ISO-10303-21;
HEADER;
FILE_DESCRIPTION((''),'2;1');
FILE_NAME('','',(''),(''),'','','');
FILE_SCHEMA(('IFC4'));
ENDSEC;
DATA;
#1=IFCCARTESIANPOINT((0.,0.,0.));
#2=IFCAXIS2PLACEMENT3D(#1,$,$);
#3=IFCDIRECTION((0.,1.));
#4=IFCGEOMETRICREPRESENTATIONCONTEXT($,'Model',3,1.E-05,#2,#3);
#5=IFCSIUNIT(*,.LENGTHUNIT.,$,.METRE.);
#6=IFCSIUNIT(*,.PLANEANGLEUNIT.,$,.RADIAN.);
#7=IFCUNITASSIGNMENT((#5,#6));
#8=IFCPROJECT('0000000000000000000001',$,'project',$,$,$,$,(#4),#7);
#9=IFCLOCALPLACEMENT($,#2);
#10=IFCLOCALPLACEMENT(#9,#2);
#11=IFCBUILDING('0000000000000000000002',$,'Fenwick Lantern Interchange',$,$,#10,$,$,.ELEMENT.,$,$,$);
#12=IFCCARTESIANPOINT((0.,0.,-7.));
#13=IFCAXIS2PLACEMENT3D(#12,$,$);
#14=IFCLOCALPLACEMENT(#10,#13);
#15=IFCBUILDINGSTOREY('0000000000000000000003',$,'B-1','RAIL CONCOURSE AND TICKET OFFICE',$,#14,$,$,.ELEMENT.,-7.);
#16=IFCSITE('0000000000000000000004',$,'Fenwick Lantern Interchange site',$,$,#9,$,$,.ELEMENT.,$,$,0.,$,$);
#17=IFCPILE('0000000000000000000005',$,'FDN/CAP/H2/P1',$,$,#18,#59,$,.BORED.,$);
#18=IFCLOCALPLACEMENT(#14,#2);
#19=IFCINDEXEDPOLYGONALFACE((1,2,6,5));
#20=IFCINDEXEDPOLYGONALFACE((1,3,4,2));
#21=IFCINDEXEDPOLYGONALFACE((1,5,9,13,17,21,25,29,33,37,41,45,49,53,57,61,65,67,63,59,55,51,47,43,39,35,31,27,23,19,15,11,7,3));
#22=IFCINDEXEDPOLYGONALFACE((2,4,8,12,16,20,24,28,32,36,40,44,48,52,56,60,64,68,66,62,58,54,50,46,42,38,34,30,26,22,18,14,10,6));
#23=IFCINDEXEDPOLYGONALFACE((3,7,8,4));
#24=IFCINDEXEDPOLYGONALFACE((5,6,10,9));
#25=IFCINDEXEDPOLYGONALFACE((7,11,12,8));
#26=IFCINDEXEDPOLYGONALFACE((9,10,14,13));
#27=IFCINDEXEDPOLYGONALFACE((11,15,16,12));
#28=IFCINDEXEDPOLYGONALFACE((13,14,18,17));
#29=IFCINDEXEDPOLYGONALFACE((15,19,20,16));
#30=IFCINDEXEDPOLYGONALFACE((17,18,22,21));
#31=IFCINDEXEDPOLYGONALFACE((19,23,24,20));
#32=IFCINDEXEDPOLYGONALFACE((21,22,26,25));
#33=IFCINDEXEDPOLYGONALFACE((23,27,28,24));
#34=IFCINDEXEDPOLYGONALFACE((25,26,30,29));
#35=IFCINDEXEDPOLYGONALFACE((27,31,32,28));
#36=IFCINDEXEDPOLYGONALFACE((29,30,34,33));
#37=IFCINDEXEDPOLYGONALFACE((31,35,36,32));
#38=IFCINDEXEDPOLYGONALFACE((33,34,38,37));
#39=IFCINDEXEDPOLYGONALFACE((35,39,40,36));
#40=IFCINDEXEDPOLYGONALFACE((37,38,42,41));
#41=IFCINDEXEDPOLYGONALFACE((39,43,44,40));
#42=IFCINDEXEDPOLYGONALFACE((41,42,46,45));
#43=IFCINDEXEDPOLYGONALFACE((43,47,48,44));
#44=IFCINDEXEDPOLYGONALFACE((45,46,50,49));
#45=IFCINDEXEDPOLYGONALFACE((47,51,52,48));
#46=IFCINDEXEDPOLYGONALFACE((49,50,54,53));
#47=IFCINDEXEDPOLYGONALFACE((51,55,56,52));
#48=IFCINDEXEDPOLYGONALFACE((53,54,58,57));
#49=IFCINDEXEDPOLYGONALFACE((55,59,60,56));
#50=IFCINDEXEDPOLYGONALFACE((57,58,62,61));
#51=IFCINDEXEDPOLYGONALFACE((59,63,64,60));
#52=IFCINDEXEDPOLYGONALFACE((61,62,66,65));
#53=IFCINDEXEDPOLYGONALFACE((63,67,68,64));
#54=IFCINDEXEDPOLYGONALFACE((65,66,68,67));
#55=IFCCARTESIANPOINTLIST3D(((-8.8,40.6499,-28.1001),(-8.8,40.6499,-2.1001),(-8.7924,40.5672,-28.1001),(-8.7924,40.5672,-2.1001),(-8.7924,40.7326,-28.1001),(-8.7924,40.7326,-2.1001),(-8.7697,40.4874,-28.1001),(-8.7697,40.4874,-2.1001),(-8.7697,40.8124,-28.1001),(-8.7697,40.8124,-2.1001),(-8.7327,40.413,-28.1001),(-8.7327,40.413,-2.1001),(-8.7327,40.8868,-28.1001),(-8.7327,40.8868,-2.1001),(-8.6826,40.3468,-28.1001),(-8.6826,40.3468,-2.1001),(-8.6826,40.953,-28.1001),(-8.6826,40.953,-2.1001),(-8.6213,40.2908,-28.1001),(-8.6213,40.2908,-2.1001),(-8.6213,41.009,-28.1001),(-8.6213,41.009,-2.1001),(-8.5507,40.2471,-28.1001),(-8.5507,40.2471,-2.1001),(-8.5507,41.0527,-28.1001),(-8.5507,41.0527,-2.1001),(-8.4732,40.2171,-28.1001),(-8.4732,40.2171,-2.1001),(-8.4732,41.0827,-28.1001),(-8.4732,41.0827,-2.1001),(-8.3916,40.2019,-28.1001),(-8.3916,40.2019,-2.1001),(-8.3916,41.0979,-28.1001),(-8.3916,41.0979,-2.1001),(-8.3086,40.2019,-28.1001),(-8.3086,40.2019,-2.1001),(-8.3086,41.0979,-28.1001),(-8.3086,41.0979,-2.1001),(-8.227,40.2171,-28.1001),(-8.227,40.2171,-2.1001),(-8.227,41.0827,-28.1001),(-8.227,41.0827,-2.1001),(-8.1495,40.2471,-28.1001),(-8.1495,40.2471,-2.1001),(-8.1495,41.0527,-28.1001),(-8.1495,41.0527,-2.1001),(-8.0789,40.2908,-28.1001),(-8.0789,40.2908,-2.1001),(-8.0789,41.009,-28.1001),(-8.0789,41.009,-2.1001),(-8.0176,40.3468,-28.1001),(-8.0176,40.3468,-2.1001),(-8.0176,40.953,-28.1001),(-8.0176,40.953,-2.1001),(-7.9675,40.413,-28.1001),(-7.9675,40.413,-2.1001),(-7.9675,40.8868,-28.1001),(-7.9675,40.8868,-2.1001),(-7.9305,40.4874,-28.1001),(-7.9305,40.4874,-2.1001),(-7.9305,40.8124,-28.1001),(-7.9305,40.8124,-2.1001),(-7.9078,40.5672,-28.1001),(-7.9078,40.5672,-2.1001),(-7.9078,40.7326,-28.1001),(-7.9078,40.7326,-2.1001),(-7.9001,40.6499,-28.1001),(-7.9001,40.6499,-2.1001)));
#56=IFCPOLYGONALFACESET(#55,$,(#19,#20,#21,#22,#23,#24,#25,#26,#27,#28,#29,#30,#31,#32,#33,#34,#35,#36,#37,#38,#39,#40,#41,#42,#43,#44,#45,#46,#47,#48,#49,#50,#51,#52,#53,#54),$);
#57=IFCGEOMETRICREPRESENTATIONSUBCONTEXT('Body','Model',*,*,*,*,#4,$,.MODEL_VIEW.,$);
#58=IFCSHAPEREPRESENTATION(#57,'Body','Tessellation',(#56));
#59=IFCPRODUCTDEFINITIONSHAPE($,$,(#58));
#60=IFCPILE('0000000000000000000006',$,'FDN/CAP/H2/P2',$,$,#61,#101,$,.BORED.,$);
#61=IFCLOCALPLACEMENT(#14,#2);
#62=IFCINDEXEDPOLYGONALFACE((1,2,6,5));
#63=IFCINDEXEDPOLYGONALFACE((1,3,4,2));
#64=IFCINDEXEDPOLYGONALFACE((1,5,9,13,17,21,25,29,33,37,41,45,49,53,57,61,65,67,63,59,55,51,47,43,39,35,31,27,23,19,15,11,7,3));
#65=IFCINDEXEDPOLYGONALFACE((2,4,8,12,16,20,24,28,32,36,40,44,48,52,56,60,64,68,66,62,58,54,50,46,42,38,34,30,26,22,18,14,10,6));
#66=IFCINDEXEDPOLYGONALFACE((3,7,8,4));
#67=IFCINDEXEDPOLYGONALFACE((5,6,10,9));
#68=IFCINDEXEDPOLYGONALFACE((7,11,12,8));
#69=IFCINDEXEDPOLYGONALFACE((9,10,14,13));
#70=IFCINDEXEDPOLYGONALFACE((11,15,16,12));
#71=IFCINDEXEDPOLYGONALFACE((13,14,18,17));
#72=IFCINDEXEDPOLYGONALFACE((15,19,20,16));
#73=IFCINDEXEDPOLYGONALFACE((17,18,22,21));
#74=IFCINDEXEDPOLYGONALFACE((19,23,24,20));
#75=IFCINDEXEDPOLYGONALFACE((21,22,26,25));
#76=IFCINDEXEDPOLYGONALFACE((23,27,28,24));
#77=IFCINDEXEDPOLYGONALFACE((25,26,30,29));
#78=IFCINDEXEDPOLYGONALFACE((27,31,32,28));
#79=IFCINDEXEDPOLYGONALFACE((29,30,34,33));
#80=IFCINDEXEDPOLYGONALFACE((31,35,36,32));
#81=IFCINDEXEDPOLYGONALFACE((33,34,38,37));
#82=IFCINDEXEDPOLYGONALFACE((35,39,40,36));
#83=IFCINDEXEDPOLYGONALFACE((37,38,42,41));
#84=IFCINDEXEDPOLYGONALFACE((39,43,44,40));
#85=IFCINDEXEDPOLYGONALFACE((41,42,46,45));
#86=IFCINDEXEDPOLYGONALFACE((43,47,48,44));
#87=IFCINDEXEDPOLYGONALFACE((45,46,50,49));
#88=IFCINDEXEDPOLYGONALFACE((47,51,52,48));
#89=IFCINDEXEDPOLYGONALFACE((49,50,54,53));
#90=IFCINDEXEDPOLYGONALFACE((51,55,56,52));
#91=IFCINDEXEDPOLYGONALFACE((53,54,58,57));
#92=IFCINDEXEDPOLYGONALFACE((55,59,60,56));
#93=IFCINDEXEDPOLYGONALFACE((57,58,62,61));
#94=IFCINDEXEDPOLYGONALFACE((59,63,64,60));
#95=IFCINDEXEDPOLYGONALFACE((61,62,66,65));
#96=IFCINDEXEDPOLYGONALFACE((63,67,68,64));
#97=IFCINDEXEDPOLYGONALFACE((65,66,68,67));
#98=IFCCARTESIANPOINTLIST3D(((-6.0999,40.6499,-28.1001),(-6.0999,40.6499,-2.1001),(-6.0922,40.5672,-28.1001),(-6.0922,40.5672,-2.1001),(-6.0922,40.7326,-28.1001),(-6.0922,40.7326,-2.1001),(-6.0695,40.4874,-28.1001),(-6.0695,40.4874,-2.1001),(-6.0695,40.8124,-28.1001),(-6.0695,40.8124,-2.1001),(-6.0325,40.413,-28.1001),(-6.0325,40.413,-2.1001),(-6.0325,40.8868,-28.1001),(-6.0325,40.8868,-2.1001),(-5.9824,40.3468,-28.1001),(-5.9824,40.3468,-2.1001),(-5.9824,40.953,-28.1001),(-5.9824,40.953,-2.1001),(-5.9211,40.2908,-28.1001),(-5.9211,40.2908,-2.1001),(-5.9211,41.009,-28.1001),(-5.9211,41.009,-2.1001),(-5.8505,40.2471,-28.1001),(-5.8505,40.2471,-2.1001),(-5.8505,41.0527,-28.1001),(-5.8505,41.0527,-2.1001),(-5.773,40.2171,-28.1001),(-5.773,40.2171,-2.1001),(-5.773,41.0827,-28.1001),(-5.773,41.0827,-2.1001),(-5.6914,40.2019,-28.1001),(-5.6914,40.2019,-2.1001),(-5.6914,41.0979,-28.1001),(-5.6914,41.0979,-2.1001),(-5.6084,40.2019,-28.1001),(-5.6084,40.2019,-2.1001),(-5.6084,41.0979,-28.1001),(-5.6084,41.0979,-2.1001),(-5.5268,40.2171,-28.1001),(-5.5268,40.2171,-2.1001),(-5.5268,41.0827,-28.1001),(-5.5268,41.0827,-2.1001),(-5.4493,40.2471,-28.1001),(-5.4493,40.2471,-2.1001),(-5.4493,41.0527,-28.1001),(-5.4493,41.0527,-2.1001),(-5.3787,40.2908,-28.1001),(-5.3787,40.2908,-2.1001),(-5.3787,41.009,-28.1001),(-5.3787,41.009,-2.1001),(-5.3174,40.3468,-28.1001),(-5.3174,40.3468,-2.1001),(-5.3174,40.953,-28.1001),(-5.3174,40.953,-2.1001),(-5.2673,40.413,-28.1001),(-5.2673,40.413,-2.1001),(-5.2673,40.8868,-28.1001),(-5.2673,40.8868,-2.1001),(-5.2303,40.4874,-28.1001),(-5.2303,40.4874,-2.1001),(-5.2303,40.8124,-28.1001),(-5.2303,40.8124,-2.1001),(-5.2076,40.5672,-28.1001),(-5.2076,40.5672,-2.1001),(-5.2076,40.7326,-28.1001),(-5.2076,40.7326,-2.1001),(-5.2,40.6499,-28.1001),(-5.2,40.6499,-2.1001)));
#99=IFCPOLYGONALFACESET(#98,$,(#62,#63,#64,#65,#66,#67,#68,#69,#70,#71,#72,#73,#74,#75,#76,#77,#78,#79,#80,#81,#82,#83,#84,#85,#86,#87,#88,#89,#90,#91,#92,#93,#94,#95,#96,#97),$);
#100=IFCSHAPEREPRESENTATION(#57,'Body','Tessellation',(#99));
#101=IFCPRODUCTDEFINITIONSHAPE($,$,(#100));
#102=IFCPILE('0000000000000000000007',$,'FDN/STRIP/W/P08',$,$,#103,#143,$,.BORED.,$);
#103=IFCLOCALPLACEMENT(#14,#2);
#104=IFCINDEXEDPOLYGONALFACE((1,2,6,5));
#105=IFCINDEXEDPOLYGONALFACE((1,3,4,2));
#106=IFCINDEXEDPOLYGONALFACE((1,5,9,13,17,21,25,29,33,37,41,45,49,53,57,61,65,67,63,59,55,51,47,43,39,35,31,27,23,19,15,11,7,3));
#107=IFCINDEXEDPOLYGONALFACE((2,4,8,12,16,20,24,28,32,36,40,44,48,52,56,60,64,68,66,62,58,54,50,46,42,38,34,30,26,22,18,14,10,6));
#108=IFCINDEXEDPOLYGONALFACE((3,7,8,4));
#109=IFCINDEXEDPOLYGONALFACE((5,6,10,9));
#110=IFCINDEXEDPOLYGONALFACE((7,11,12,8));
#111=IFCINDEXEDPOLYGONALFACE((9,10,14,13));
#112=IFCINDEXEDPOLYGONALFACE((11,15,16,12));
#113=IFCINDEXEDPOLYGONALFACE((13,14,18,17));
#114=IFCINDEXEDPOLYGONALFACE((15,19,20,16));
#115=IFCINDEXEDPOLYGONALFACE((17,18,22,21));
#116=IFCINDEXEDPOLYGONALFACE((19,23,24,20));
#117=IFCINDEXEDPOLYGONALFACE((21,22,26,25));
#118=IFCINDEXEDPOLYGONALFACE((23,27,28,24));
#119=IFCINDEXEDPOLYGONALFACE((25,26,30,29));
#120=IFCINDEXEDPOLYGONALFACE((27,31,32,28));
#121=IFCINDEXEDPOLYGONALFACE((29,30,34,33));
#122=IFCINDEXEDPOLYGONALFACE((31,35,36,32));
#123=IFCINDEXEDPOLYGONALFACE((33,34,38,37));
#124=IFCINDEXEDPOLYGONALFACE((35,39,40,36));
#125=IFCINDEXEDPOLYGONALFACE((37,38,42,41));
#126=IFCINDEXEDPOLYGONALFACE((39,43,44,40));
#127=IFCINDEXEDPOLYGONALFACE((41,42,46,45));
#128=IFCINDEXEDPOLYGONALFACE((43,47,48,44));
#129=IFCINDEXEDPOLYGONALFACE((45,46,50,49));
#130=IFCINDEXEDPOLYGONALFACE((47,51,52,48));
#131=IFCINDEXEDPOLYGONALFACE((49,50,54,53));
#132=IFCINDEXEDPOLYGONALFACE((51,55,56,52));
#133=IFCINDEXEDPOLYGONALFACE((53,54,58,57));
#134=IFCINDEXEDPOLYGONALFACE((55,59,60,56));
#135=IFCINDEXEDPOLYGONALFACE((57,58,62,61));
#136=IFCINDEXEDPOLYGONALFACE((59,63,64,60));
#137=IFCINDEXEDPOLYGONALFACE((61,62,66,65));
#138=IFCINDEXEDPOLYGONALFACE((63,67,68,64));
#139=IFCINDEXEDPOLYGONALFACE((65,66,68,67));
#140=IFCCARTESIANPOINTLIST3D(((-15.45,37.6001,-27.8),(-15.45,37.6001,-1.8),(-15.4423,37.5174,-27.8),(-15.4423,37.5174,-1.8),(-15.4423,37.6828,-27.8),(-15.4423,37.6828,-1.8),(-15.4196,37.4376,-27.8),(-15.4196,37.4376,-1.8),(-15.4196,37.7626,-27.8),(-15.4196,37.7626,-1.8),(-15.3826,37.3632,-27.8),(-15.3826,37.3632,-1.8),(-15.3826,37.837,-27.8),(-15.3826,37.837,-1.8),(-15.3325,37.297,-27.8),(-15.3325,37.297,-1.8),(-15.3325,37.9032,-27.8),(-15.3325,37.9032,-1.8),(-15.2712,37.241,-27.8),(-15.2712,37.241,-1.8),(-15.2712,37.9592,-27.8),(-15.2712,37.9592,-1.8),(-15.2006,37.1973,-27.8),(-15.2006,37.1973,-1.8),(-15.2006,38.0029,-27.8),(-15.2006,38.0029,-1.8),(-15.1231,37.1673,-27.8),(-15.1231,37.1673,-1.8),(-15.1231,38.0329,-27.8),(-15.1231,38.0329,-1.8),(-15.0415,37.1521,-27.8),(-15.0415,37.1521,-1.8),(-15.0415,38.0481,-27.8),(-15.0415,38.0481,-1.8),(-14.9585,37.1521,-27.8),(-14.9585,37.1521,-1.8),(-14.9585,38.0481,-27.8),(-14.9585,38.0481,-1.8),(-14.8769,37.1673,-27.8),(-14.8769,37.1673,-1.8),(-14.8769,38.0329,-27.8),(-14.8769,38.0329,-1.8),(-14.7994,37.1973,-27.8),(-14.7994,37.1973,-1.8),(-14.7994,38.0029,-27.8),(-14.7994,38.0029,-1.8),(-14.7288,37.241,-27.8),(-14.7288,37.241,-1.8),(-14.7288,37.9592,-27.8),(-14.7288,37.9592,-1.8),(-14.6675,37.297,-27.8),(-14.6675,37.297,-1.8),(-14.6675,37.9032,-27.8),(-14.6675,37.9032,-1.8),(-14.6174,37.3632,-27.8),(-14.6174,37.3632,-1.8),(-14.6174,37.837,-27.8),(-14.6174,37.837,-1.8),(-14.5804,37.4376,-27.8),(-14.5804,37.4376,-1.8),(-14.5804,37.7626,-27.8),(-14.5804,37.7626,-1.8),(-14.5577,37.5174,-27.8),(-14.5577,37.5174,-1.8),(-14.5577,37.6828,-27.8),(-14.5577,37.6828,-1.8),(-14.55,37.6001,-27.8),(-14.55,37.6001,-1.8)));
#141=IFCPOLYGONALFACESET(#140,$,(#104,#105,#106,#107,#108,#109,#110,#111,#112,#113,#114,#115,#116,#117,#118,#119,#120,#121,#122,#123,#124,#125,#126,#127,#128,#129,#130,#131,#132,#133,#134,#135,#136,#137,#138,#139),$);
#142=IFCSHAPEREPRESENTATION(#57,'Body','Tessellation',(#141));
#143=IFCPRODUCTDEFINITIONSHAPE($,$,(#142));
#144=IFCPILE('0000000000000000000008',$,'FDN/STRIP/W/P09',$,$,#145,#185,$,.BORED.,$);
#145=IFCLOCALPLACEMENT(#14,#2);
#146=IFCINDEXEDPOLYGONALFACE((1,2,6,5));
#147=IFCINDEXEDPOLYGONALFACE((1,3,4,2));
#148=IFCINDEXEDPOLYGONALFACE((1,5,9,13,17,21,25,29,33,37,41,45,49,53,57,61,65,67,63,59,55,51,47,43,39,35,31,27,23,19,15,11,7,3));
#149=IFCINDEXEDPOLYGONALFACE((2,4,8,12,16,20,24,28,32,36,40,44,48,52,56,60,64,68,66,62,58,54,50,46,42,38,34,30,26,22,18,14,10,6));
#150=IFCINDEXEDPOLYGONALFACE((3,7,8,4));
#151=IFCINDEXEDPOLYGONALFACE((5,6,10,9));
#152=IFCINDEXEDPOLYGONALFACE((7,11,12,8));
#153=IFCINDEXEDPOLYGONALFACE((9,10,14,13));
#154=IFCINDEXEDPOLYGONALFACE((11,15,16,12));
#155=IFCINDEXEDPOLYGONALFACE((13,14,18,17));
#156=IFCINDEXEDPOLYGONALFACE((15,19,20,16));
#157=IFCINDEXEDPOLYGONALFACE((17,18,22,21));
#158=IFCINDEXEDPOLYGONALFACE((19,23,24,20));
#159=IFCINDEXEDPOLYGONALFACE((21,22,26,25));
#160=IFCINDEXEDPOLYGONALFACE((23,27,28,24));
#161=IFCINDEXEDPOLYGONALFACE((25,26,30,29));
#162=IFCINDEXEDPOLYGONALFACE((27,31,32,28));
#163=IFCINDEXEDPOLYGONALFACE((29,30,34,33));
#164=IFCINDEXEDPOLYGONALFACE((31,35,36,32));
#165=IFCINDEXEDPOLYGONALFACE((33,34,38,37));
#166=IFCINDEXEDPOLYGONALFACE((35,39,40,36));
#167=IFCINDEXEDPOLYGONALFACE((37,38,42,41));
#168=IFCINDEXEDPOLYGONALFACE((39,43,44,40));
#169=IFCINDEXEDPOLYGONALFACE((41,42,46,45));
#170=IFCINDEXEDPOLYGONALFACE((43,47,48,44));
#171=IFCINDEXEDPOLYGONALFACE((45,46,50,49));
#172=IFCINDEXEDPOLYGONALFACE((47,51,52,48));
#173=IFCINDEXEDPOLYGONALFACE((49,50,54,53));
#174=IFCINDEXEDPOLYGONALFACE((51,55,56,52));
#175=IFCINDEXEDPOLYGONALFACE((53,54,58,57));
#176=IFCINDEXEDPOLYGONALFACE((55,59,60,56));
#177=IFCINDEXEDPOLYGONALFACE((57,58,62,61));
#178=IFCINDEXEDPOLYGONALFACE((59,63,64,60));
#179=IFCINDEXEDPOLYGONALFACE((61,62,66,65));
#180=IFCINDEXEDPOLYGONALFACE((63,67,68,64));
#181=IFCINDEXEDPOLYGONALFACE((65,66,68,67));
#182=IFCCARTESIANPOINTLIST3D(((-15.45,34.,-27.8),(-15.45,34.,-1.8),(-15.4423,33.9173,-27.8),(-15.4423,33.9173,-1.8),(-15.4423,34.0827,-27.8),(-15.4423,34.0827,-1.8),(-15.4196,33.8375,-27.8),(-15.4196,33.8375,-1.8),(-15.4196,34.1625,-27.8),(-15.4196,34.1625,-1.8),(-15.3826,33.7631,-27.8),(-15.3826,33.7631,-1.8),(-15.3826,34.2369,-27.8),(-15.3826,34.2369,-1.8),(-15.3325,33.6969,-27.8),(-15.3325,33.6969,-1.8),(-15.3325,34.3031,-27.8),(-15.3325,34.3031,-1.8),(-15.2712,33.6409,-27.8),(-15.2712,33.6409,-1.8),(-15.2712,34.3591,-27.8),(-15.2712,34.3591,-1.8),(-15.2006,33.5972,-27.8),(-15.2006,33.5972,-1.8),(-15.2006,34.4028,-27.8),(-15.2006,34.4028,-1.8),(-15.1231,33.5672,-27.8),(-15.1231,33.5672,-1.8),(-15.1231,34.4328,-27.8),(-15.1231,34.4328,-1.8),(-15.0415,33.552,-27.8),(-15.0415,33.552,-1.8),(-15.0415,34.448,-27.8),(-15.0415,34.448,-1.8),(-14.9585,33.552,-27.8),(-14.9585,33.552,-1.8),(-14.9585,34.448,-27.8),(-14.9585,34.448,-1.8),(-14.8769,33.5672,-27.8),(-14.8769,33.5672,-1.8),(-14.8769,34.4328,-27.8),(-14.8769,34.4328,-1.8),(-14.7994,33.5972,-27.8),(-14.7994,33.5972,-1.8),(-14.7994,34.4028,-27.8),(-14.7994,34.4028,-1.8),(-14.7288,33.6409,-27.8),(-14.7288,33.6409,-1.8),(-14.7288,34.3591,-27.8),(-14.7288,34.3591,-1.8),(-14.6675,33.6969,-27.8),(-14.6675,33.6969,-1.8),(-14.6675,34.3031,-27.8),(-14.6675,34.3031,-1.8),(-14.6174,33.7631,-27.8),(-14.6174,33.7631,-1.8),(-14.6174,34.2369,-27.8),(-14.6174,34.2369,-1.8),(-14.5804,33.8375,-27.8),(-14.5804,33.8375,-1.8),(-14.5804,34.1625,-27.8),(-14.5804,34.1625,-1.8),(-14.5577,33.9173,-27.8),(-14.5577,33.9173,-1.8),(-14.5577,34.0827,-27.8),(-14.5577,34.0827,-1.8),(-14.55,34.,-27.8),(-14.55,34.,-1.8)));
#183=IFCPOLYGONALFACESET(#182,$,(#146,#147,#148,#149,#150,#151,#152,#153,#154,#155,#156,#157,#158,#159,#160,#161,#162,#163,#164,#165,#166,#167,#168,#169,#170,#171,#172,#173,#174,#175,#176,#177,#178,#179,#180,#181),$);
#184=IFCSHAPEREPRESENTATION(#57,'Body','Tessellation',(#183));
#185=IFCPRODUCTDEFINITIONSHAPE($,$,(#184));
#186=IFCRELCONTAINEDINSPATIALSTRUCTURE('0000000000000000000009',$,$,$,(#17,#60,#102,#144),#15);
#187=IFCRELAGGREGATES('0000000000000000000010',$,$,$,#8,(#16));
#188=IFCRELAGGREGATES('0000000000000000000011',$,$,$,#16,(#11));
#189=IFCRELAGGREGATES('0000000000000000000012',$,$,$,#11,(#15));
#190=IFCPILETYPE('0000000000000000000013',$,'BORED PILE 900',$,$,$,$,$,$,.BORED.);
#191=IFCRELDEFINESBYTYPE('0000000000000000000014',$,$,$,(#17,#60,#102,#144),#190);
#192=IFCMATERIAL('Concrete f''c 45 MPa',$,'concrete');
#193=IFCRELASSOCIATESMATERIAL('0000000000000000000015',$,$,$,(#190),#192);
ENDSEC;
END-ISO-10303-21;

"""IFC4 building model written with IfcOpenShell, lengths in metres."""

from ifc_helpers import new_model, si_unit, direction, frame, origin, origin_2d, place, context, subcontext, project, spatial, circle, extrude, material, type_object, element, save


model = new_model("IFC4")

# Units and contexts
model_context = context("Model", 3, precision=1e-05, world=origin(), true_north=direction((0.0, 1.0)))
body_context = subcontext(model_context, "Body", "Model", "MODEL_VIEW")
ifc_project = project(units=[si_unit("LENGTHUNIT", "METRE"), si_unit("PLANEANGLEUNIT", "RADIAN")], contexts=[model_context])

# Site, building, storey
site_placement = place(None, origin())
site = spatial("IfcSite", under=ifc_project, at=site_placement, Name="Fenwick Lantern Interchange site", CompositionType="ELEMENT", RefElevation=0.0)
building_placement = place(site_placement, origin())
building = spatial("IfcBuilding", under=site, at=building_placement, Name="Fenwick Lantern Interchange", CompositionType="ELEMENT")
storey_placement = place(building_placement, frame((0.0, 0.0, -7.0)))
storey = spatial("IfcBuildingStorey", under=building, at=storey_placement, Name="B-1", Description="RAIL CONCOURSE AND TICKET OFFICE", CompositionType="ELEMENT", Elevation=-7.0)

# Piles
ifc_material_1 = material(Name="Concrete f'c 45 MPa", Category="concrete")
pile_type_1 = type_object("IfcPileType", Name="BORED PILE 900", PredefinedType="BORED", material=ifc_material_1)
for number, where, z_axis, x_axis, name in (
    (1, (-8.3501, 40.6499, -2.1001), (0.0, 0.0, -1.0), (1.0, 0.0, 0.0), "FDN/CAP/H2/P1"),
    (2, (-5.6499, 40.6499, -2.1001), (0.0, 0.0, -1.0), (1.0, 0.0, 0.0), "FDN/CAP/H2/P2"),
    (3, (-15.0, 37.6001, -1.8), (0.0, 0.0, -1.0), (1.0, 0.0, 0.0), "FDN/STRIP/W/P08"),
    (4, (-15.0, 34.0, -1.8), (0.0, 0.0, -1.0), (1.0, 0.0, 0.0), "FDN/STRIP/W/P09"),
):
    element("IfcPile", number, at=place(storey_placement, frame(where, z_axis=z_axis, x_axis=x_axis)), inside=storey, type_object=pile_type_1, Name=name, PredefinedType="BORED", context=body_context, shape_type="SweptSolid", body=[
        extrude(circle(Radius=0.45, at=origin_2d()), origin(), (0.0, 0.0, 1.0), 26.0),
    ])

save(model, "model.ifc")
